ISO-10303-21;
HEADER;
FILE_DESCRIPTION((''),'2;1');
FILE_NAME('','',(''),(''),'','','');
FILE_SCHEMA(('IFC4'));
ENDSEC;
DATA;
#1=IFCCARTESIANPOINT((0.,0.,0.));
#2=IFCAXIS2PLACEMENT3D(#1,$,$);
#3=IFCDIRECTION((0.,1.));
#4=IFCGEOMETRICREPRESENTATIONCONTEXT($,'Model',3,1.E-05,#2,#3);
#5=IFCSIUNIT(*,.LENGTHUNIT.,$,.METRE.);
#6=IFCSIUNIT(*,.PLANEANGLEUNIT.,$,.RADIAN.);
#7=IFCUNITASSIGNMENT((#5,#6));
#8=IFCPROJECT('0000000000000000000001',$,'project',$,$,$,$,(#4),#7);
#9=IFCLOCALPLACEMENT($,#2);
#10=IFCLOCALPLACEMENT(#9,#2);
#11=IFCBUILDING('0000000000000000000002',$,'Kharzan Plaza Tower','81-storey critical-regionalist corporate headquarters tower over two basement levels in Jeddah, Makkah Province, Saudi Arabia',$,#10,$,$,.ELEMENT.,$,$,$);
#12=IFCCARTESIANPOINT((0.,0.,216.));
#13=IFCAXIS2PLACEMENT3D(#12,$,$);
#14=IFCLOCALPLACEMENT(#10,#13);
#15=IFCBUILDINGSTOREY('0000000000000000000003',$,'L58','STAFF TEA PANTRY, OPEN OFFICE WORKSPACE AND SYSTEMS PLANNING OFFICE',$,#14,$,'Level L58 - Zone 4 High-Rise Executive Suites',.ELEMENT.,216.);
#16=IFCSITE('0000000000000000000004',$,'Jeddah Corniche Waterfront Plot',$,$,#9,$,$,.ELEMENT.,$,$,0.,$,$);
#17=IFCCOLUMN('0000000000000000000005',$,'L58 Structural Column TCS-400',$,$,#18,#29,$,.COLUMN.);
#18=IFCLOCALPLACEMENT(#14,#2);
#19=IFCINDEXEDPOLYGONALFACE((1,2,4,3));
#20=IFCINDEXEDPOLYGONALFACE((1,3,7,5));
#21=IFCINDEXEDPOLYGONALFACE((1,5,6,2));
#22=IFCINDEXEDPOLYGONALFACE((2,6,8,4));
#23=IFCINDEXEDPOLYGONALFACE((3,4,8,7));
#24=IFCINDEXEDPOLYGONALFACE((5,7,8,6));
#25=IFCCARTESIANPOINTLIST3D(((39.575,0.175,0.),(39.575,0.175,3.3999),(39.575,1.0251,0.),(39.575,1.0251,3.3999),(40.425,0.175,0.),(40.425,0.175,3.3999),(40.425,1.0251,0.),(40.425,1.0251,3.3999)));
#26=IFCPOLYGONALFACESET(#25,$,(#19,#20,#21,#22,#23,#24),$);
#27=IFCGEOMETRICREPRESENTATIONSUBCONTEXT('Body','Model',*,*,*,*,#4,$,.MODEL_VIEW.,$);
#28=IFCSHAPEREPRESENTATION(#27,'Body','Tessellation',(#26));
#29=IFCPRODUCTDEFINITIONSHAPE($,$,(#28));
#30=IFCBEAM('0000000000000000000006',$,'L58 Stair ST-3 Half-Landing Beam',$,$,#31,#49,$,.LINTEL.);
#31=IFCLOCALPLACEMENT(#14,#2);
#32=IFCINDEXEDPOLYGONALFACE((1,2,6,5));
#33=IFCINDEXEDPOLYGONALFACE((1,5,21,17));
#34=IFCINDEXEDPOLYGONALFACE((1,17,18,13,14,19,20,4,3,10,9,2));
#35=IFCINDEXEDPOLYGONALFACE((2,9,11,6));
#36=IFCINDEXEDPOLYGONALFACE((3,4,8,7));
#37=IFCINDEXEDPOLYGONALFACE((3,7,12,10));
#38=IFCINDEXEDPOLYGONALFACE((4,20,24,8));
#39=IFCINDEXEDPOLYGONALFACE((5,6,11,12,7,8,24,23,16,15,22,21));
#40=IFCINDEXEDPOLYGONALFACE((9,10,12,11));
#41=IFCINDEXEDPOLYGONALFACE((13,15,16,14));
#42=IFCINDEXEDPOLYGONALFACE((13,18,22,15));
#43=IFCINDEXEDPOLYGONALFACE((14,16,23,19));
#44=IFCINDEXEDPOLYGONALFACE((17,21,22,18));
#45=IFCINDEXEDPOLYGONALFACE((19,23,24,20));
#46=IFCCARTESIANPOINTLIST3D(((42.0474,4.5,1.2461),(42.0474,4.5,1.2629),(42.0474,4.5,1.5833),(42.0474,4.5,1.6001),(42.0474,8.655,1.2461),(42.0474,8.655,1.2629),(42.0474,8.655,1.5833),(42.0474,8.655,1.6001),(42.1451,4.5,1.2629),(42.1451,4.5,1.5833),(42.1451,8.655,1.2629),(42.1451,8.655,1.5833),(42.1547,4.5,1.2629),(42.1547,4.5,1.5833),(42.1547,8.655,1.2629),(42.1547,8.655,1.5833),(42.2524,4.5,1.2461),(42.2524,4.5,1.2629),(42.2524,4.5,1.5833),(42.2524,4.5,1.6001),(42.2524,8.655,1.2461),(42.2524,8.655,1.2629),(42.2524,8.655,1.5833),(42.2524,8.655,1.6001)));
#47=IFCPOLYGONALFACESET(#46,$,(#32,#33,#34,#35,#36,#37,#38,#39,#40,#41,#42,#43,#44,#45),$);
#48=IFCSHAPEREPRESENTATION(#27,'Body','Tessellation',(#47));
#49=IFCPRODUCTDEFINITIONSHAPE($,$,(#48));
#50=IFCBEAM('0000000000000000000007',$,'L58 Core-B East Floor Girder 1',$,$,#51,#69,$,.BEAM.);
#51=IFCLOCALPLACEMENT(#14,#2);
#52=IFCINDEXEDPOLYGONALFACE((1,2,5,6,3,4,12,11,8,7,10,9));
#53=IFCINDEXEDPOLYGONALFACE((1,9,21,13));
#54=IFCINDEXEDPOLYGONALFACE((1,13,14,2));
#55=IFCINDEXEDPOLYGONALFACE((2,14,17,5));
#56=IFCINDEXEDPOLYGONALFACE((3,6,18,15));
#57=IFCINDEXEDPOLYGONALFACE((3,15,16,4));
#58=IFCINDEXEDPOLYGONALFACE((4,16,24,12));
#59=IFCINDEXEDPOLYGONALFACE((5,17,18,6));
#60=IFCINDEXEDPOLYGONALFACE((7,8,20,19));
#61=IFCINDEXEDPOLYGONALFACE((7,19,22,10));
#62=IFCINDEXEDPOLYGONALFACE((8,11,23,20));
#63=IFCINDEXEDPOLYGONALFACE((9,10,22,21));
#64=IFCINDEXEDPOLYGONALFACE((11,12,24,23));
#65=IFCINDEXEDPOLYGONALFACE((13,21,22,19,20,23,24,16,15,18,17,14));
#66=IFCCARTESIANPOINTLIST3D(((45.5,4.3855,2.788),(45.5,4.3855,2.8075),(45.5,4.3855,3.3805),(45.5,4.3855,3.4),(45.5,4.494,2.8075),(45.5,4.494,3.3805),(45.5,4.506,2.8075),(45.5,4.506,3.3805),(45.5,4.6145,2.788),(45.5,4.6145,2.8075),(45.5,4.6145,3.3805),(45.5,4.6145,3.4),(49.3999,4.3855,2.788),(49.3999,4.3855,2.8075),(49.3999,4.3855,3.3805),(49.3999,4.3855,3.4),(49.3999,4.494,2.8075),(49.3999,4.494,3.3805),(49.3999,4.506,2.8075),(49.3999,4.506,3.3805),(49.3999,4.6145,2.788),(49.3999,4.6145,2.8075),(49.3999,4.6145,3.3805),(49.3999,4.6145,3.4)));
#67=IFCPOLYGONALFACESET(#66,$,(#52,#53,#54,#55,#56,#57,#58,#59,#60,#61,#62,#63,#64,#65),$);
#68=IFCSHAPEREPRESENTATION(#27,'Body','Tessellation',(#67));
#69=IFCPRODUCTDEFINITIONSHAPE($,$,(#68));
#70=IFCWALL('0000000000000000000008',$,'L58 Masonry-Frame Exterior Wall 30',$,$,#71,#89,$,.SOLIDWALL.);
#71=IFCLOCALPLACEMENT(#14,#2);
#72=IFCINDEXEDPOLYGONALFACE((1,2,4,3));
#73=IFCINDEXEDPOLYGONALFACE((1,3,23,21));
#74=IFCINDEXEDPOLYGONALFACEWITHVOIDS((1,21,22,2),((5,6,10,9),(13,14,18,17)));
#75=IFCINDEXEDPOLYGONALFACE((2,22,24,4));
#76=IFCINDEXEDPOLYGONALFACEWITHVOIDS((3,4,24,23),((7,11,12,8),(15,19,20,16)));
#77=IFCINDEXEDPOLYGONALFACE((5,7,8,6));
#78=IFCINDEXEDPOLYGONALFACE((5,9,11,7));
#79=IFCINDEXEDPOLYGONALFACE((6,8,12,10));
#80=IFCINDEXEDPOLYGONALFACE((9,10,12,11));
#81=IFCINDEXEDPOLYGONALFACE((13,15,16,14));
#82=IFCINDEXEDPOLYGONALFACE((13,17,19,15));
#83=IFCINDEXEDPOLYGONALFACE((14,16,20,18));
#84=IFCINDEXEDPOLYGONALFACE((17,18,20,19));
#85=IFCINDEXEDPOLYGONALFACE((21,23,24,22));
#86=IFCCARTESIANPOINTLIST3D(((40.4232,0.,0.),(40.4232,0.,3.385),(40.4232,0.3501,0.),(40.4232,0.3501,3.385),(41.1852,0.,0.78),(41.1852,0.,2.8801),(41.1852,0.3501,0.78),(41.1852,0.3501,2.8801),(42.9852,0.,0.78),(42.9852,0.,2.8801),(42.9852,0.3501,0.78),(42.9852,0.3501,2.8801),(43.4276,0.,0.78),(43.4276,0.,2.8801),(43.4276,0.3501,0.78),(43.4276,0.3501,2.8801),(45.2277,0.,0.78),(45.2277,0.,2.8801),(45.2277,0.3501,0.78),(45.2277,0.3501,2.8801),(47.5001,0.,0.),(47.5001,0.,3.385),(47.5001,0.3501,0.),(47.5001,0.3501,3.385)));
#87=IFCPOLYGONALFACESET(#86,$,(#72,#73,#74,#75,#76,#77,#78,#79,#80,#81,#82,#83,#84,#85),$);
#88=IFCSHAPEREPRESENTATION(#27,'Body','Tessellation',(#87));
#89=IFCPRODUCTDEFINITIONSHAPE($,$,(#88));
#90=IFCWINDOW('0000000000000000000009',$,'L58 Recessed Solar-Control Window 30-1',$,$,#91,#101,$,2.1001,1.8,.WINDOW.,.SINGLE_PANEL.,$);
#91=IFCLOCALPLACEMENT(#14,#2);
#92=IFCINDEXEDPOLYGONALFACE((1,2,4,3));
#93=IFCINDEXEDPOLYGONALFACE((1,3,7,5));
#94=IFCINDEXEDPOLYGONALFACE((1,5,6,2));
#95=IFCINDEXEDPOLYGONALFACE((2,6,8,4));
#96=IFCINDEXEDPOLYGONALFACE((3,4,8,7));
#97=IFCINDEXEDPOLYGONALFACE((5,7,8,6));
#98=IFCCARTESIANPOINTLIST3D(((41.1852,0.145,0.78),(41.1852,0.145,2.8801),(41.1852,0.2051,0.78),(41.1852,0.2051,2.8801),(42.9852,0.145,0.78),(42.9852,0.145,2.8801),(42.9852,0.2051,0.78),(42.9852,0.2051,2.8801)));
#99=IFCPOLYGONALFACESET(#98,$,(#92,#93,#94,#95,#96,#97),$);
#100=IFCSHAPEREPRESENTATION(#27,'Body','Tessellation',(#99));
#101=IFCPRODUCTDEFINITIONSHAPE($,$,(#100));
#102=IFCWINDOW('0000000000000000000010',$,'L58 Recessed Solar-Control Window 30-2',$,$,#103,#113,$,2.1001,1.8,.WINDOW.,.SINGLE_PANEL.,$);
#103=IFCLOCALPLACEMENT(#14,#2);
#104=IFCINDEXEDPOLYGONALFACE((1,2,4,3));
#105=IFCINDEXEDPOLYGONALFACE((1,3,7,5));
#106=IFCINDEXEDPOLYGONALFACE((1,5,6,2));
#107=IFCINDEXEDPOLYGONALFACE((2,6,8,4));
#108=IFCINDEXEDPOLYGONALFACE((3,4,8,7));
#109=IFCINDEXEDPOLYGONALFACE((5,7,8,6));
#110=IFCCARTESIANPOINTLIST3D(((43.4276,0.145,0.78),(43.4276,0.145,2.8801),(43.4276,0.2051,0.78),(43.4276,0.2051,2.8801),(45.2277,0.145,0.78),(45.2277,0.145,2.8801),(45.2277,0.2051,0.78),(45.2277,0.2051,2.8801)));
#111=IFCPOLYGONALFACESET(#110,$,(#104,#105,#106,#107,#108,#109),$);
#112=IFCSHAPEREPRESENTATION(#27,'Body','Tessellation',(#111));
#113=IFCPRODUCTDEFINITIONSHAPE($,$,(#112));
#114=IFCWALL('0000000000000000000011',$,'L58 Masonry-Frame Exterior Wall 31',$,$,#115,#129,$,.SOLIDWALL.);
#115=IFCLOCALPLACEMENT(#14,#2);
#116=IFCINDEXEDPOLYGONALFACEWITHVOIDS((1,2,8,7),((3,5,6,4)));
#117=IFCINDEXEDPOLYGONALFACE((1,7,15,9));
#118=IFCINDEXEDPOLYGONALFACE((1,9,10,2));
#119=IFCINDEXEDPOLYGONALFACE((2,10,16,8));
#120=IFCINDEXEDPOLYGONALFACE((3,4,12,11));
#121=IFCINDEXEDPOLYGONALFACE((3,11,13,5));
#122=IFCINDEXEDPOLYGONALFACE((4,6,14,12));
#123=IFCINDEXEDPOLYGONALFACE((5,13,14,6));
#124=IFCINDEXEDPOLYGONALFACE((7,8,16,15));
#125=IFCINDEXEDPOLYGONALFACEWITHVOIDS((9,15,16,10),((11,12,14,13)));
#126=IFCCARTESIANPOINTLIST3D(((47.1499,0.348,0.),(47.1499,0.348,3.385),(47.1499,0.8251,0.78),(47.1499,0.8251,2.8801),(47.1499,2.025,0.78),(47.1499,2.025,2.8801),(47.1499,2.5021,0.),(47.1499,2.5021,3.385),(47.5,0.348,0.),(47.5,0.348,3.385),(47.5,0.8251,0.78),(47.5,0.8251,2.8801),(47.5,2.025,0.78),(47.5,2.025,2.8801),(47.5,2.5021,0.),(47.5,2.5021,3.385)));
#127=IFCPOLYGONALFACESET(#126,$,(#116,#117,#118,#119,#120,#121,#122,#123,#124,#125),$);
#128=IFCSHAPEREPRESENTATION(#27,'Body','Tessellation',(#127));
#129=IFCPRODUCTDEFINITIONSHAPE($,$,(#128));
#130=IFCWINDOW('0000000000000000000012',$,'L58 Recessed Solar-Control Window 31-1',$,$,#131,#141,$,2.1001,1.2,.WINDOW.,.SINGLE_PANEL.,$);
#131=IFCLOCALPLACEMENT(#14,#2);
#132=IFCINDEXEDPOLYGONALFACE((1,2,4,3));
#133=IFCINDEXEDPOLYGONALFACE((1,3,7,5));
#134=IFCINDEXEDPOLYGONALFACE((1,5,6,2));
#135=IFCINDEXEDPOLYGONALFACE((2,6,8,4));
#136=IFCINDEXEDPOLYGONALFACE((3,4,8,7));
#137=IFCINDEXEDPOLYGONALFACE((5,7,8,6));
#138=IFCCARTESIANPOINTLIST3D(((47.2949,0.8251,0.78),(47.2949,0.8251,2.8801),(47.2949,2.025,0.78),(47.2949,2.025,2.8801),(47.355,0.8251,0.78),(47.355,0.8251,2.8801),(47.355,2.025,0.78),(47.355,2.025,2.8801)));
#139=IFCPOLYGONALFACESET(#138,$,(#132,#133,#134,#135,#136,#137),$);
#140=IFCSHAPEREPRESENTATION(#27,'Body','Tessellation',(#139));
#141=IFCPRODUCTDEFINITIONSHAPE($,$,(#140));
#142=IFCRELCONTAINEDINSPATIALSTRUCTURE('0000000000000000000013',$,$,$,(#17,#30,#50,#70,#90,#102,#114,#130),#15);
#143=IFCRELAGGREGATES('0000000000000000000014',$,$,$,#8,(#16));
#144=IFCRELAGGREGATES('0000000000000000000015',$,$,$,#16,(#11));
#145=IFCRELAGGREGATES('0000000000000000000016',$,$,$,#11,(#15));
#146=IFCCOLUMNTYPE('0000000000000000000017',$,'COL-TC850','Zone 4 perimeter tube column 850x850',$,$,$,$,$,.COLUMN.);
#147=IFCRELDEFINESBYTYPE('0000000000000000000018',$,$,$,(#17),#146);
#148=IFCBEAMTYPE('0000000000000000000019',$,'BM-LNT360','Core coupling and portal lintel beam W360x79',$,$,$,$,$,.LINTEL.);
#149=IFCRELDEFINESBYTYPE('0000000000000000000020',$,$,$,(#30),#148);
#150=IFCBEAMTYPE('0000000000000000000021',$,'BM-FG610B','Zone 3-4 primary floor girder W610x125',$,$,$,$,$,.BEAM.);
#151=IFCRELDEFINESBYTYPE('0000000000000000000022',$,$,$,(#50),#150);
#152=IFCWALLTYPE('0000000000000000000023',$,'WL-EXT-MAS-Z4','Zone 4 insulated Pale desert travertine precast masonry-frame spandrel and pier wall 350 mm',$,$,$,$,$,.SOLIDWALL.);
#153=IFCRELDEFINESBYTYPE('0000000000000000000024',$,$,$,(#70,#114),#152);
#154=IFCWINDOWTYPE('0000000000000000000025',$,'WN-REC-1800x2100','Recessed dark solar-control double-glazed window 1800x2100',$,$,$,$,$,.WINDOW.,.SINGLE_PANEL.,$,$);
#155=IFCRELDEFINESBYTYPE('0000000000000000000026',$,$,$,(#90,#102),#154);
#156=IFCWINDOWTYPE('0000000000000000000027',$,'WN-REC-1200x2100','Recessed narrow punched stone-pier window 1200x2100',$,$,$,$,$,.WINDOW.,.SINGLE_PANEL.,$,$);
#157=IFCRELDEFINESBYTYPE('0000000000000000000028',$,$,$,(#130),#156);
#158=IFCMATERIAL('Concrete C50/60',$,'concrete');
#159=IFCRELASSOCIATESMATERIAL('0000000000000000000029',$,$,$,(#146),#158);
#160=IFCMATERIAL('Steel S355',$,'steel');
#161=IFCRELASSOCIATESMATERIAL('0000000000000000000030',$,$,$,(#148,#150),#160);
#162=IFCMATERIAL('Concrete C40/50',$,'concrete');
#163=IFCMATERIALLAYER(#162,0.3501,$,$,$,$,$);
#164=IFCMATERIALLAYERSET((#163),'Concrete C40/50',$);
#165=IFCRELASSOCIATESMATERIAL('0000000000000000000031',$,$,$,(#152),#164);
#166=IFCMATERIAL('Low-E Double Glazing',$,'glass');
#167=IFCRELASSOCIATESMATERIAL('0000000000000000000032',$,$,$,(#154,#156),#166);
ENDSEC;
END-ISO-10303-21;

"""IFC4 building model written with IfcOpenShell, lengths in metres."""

from ifc_helpers import new_model, si_unit, direction, frame, frame_2d, origin, origin_2d, place, context, subcontext, project, spatial, rectangle, i_section, extrude, source, transform, mapped, material, layer, layer_set, material_profile, profile_set, type_object, element, fill, save


model = new_model("IFC4")

# Units and contexts
model_context = context("Model", 3, precision=1e-05, world=origin(), true_north=direction((0.0, 1.0)))
body_context = subcontext(model_context, "Body", "Model", "MODEL_VIEW")
ifc_project = project(units=[si_unit("LENGTHUNIT", "METRE"), si_unit("PLANEANGLEUNIT", "RADIAN")], contexts=[model_context])

# Site, building, storey
site_placement = place(None, origin())
site = spatial("IfcSite", under=ifc_project, at=site_placement, Name="Jeddah Corniche Waterfront Plot", CompositionType="ELEMENT", RefElevation=0.0)
building_placement = place(site_placement, origin())
building = spatial("IfcBuilding", under=site, at=building_placement, Name="Kharzan Plaza Tower", Description="81-storey critical-regionalist corporate headquarters tower over two basement levels in Jeddah, Makkah Province, Saudi Arabia", CompositionType="ELEMENT")
storey_placement = place(building_placement, frame((0.0, 0.0, 216.0)))
storey = spatial("IfcBuildingStorey", under=building, at=storey_placement, Name="L58", Description="STAFF TEA PANTRY, OPEN OFFICE WORKSPACE AND SYSTEMS PLANNING OFFICE", LongName="Level L58 - Zone 4 High-Rise Executive Suites", CompositionType="ELEMENT", Elevation=216.0)

# Column
ifc_material_1 = material(Name="Concrete C50/60", Category="concrete")
ifc_material_profile_1 = material_profile(ifc_material_1, rectangle(XDim=0.8501, YDim=0.8501, at=origin_2d()), Name="RC-TC850x850")
ifc_profile_set_1 = profile_set([ifc_material_profile_1], Name="Concrete C50/60")
column_type = type_object("IfcColumnType", Name="COL-TC850", Description="Zone 4 perimeter tube column 850x850", PredefinedType="COLUMN", material=ifc_profile_set_1)
shared_shape_1 = source(origin(), body_context, "Body", "SweptSolid", [
    extrude(rectangle(XDim=0.8501, YDim=0.8501, at=origin_2d()), origin(), (0.0, 0.0, 1.0), 3.3999),
])
column_placement = place(storey_placement, frame((40.0, 0.6001, 0.0), z_axis=(0.0, 0.0, 1.0), x_axis=(1.0, 0.0, 0.0)))
element("IfcColumn", 1, at=column_placement, inside=storey, type_object=column_type, Name="L58 Structural Column TCS-400", PredefinedType="COLUMN", context=body_context, shape_type="MappedRepresentation", body=[
    mapped(shared_shape_1, transform((0.0, 0.0, 0.0), x_axis=(1.0, 0.0, 0.0), y_axis=(0.0, 1.0, 0.0), z_axis=(0.0, 0.0, 1.0))),
])

# Beams
ifc_material_2 = material(Name="Steel S355", Category="steel")
ifc_material_profile_2 = material_profile(ifc_material_2, i_section(OverallWidth=0.2051, OverallDepth=0.354, WebThickness=0.0095, FlangeThickness=0.0168, at=origin_2d()), Name="W360x79")
ifc_profile_set_2 = profile_set([ifc_material_profile_2], Name="Steel S355")
beam_type_1 = type_object("IfcBeamType", Name="BM-LNT360", Description="Core coupling and portal lintel beam W360x79", PredefinedType="LINTEL", material=ifc_profile_set_2)
shared_shape_2 = source(origin(), body_context, "Body", "SweptSolid", [
    extrude(i_section(OverallWidth=0.2051, OverallDepth=0.354, WebThickness=0.0095, FlangeThickness=0.0168, at=origin_2d()), origin(), (0.0, 0.0, 1.0), 4.155),
])
beam_1_placement = place(storey_placement, frame((42.1499, 4.5, 1.4231), z_axis=(0.0, 1.0, 0.0), x_axis=(-1.0, 0.0, 0.0)))
element("IfcBeam", 2, at=beam_1_placement, inside=storey, type_object=beam_type_1, Name="L58 Stair ST-3 Half-Landing Beam", PredefinedType="LINTEL", context=body_context, shape_type="MappedRepresentation", body=[
    mapped(shared_shape_2, transform((0.0, 0.0, 0.0), x_axis=(1.0, 0.0, 0.0), y_axis=(0.0, 1.0, 0.0), z_axis=(0.0, 0.0, 1.0))),
])
ifc_material_profile_3 = material_profile(ifc_material_2, i_section(OverallWidth=0.229, OverallDepth=0.6121, WebThickness=0.012, FlangeThickness=0.0195, at=origin_2d()), Name="W610x125")
ifc_profile_set_3 = profile_set([ifc_material_profile_3], Name="Steel S355")
beam_type_2 = type_object("IfcBeamType", Name="BM-FG610B", Description="Zone 3-4 primary floor girder W610x125", PredefinedType="BEAM", material=ifc_profile_set_3)
shared_shape_3 = source(origin(), body_context, "Body", "SweptSolid", [
    extrude(i_section(OverallWidth=0.229, OverallDepth=0.6121, WebThickness=0.012, FlangeThickness=0.0195, at=origin_2d()), origin(), (0.0, 0.0, 1.0), 3.8999),
])
beam_2_placement = place(storey_placement, frame((45.5, 4.5, 3.094), z_axis=(1.0, 0.0, 0.0), x_axis=(0.0, 1.0, 0.0)))
element("IfcBeam", 3, at=beam_2_placement, inside=storey, type_object=beam_type_2, Name="L58 Core-B East Floor Girder 1", PredefinedType="BEAM", context=body_context, shape_type="MappedRepresentation", body=[
    mapped(shared_shape_3, transform((0.0, 0.0, 0.0), x_axis=(1.0, 0.0, 0.0), y_axis=(0.0, 1.0, 0.0), z_axis=(0.0, 0.0, 1.0))),
])

# Wall, openings, windows
ifc_material_3 = material(Name="Concrete C40/50", Category="concrete")
ifc_layer_1 = layer(ifc_material_3, 0.3501)
ifc_layer_set_1 = layer_set([ifc_layer_1], Name="Concrete C40/50")
wall_type_1 = type_object("IfcWallType", Name="WL-EXT-MAS-Z4", Description="Zone 4 insulated Pale desert travertine precast masonry-frame spandrel and pier wall 350 mm", PredefinedType="SOLIDWALL", material=ifc_layer_set_1)
wall_1_placement = place(storey_placement, frame((40.4231, 0.175, 0.0), z_axis=(0.0, 0.0, 1.0), x_axis=(1.0, 0.0, 0.0)))
wall_1 = element("IfcWall", 4, at=wall_1_placement, inside=storey, type_object=wall_type_1, Name="L58 Masonry-Frame Exterior Wall 30", PredefinedType="SOLIDWALL", context=body_context, shape_type="SweptSolid", body=[
    extrude(rectangle(XDim=7.0769, YDim=0.3501, at=frame_2d((3.5386, 0.0))), origin(), (0.0, 0.0, 1.0), 3.385),
])
opening_1_placement = place(wall_1_placement, frame((0.7622, 0.0, 0.78)))
opening_1 = element("IfcOpeningElement", 5, at=opening_1_placement, cuts=wall_1, PredefinedType="OPENING", context=body_context, shape_type="SweptSolid", body=[
    extrude(rectangle(XDim=1.8, YDim=2.1001, at=frame_2d((0.8999, 1.05))), frame((0.0, 0.1851, 0.0), z_axis=(0.0, -1.0, 0.0), x_axis=(1.0, 0.0, 0.0)), (0.0, 0.0, 1.0), 0.3701),
])
opening_2_placement = place(wall_1_placement, frame((3.0046, 0.0, 0.78)))
opening_2 = element("IfcOpeningElement", 6, at=opening_2_placement, cuts=wall_1, PredefinedType="OPENING", context=body_context, shape_type="SweptSolid", body=[
    extrude(rectangle(XDim=1.8, YDim=2.1001, at=frame_2d((0.8999, 1.05))), frame((0.0, 0.1851, 0.0), z_axis=(0.0, -1.0, 0.0), x_axis=(1.0, 0.0, 0.0)), (0.0, 0.0, 1.0), 0.3701),
])
ifc_material_4 = material(Name="Low-E Double Glazing", Category="glass")
window_type_1 = type_object("IfcWindowType", Name="WN-REC-1800x2100", Description="Recessed dark solar-control double-glazed window 1800x2100", PartitioningType="SINGLE_PANEL", PredefinedType="WINDOW", material=ifc_material_4)
shared_shape_4 = source(origin(), body_context, "Body", "SweptSolid", [
    extrude(rectangle(XDim=1.8, YDim=2.1001, at=frame_2d((0.8999, 1.05))), frame((0.0, 0.03, 0.0), z_axis=(0.0, -1.0, 0.0), x_axis=(1.0, 0.0, 0.0)), (0.0, 0.0, 1.0), 0.0601),
])
window_1_placement = place(opening_1_placement, origin())
window_1 = element("IfcWindow", 7, at=window_1_placement, inside=storey, type_object=window_type_1, Name="L58 Recessed Solar-Control Window 30-1", OverallHeight=2.1001, OverallWidth=1.8, PartitioningType="SINGLE_PANEL", PredefinedType="WINDOW", context=body_context, shape_type="MappedRepresentation", body=[
    mapped(shared_shape_4, transform((0.0, 0.0, 0.0), x_axis=(1.0, 0.0, 0.0), y_axis=(0.0, 1.0, 0.0), z_axis=(0.0, 0.0, 1.0))),
])
fill(opening_1, window_1)
window_2_placement = place(opening_2_placement, origin())
window_2 = element("IfcWindow", 8, at=window_2_placement, inside=storey, type_object=window_type_1, Name="L58 Recessed Solar-Control Window 30-2", OverallHeight=2.1001, OverallWidth=1.8, PartitioningType="SINGLE_PANEL", PredefinedType="WINDOW", context=body_context, shape_type="MappedRepresentation", body=[
    mapped(shared_shape_4, transform((0.0, 0.0, 0.0), x_axis=(1.0, 0.0, 0.0), y_axis=(0.0, 1.0, 0.0), z_axis=(0.0, 0.0, 1.0))),
])
fill(opening_2, window_2)

# Wall, opening, window
wall_2_placement = place(storey_placement, frame((47.325, 0.3479, 0.0), z_axis=(0.0, 0.0, 1.0), x_axis=(0.0, 1.0, 0.0)))
wall_2 = element("IfcWall", 9, at=wall_2_placement, inside=storey, type_object=wall_type_1, Name="L58 Masonry-Frame Exterior Wall 31", PredefinedType="SOLIDWALL", context=body_context, shape_type="SweptSolid", body=[
    extrude(rectangle(XDim=2.1541, YDim=0.3501, at=frame_2d((1.0771, 0.0))), origin(), (0.0, 0.0, 1.0), 3.385),
])
opening_3_placement = place(wall_2_placement, frame((0.4771, 0.0, 0.78)))
opening_3 = element("IfcOpeningElement", 10, at=opening_3_placement, cuts=wall_2, PredefinedType="OPENING", context=body_context, shape_type="SweptSolid", body=[
    extrude(rectangle(XDim=1.2, YDim=2.1001, at=frame_2d((0.6001, 1.05))), frame((0.0, 0.1851, 0.0), z_axis=(0.0, -1.0, 0.0), x_axis=(1.0, 0.0, 0.0)), (0.0, 0.0, 1.0), 0.3701),
])
window_type_2 = type_object("IfcWindowType", Name="WN-REC-1200x2100", Description="Recessed narrow punched stone-pier window 1200x2100", PartitioningType="SINGLE_PANEL", PredefinedType="WINDOW", material=ifc_material_4)
shared_shape_5 = source(origin(), body_context, "Body", "SweptSolid", [
    extrude(rectangle(XDim=1.2, YDim=2.1001, at=frame_2d((0.6001, 1.05))), frame((0.0, 0.03, 0.0), z_axis=(0.0, -1.0, 0.0), x_axis=(1.0, 0.0, 0.0)), (0.0, 0.0, 1.0), 0.0601),
])
window_3_placement = place(opening_3_placement, origin())
window_3 = element("IfcWindow", 11, at=window_3_placement, inside=storey, type_object=window_type_2, Name="L58 Recessed Solar-Control Window 31-1", OverallHeight=2.1001, OverallWidth=1.2, PartitioningType="SINGLE_PANEL", PredefinedType="WINDOW", context=body_context, shape_type="MappedRepresentation", body=[
    mapped(shared_shape_5, transform((0.0, 0.0, 0.0), x_axis=(1.0, 0.0, 0.0), y_axis=(0.0, 1.0, 0.0), z_axis=(0.0, 0.0, 1.0))),
])
fill(opening_3, window_3)

save(model, "model.ifc")
